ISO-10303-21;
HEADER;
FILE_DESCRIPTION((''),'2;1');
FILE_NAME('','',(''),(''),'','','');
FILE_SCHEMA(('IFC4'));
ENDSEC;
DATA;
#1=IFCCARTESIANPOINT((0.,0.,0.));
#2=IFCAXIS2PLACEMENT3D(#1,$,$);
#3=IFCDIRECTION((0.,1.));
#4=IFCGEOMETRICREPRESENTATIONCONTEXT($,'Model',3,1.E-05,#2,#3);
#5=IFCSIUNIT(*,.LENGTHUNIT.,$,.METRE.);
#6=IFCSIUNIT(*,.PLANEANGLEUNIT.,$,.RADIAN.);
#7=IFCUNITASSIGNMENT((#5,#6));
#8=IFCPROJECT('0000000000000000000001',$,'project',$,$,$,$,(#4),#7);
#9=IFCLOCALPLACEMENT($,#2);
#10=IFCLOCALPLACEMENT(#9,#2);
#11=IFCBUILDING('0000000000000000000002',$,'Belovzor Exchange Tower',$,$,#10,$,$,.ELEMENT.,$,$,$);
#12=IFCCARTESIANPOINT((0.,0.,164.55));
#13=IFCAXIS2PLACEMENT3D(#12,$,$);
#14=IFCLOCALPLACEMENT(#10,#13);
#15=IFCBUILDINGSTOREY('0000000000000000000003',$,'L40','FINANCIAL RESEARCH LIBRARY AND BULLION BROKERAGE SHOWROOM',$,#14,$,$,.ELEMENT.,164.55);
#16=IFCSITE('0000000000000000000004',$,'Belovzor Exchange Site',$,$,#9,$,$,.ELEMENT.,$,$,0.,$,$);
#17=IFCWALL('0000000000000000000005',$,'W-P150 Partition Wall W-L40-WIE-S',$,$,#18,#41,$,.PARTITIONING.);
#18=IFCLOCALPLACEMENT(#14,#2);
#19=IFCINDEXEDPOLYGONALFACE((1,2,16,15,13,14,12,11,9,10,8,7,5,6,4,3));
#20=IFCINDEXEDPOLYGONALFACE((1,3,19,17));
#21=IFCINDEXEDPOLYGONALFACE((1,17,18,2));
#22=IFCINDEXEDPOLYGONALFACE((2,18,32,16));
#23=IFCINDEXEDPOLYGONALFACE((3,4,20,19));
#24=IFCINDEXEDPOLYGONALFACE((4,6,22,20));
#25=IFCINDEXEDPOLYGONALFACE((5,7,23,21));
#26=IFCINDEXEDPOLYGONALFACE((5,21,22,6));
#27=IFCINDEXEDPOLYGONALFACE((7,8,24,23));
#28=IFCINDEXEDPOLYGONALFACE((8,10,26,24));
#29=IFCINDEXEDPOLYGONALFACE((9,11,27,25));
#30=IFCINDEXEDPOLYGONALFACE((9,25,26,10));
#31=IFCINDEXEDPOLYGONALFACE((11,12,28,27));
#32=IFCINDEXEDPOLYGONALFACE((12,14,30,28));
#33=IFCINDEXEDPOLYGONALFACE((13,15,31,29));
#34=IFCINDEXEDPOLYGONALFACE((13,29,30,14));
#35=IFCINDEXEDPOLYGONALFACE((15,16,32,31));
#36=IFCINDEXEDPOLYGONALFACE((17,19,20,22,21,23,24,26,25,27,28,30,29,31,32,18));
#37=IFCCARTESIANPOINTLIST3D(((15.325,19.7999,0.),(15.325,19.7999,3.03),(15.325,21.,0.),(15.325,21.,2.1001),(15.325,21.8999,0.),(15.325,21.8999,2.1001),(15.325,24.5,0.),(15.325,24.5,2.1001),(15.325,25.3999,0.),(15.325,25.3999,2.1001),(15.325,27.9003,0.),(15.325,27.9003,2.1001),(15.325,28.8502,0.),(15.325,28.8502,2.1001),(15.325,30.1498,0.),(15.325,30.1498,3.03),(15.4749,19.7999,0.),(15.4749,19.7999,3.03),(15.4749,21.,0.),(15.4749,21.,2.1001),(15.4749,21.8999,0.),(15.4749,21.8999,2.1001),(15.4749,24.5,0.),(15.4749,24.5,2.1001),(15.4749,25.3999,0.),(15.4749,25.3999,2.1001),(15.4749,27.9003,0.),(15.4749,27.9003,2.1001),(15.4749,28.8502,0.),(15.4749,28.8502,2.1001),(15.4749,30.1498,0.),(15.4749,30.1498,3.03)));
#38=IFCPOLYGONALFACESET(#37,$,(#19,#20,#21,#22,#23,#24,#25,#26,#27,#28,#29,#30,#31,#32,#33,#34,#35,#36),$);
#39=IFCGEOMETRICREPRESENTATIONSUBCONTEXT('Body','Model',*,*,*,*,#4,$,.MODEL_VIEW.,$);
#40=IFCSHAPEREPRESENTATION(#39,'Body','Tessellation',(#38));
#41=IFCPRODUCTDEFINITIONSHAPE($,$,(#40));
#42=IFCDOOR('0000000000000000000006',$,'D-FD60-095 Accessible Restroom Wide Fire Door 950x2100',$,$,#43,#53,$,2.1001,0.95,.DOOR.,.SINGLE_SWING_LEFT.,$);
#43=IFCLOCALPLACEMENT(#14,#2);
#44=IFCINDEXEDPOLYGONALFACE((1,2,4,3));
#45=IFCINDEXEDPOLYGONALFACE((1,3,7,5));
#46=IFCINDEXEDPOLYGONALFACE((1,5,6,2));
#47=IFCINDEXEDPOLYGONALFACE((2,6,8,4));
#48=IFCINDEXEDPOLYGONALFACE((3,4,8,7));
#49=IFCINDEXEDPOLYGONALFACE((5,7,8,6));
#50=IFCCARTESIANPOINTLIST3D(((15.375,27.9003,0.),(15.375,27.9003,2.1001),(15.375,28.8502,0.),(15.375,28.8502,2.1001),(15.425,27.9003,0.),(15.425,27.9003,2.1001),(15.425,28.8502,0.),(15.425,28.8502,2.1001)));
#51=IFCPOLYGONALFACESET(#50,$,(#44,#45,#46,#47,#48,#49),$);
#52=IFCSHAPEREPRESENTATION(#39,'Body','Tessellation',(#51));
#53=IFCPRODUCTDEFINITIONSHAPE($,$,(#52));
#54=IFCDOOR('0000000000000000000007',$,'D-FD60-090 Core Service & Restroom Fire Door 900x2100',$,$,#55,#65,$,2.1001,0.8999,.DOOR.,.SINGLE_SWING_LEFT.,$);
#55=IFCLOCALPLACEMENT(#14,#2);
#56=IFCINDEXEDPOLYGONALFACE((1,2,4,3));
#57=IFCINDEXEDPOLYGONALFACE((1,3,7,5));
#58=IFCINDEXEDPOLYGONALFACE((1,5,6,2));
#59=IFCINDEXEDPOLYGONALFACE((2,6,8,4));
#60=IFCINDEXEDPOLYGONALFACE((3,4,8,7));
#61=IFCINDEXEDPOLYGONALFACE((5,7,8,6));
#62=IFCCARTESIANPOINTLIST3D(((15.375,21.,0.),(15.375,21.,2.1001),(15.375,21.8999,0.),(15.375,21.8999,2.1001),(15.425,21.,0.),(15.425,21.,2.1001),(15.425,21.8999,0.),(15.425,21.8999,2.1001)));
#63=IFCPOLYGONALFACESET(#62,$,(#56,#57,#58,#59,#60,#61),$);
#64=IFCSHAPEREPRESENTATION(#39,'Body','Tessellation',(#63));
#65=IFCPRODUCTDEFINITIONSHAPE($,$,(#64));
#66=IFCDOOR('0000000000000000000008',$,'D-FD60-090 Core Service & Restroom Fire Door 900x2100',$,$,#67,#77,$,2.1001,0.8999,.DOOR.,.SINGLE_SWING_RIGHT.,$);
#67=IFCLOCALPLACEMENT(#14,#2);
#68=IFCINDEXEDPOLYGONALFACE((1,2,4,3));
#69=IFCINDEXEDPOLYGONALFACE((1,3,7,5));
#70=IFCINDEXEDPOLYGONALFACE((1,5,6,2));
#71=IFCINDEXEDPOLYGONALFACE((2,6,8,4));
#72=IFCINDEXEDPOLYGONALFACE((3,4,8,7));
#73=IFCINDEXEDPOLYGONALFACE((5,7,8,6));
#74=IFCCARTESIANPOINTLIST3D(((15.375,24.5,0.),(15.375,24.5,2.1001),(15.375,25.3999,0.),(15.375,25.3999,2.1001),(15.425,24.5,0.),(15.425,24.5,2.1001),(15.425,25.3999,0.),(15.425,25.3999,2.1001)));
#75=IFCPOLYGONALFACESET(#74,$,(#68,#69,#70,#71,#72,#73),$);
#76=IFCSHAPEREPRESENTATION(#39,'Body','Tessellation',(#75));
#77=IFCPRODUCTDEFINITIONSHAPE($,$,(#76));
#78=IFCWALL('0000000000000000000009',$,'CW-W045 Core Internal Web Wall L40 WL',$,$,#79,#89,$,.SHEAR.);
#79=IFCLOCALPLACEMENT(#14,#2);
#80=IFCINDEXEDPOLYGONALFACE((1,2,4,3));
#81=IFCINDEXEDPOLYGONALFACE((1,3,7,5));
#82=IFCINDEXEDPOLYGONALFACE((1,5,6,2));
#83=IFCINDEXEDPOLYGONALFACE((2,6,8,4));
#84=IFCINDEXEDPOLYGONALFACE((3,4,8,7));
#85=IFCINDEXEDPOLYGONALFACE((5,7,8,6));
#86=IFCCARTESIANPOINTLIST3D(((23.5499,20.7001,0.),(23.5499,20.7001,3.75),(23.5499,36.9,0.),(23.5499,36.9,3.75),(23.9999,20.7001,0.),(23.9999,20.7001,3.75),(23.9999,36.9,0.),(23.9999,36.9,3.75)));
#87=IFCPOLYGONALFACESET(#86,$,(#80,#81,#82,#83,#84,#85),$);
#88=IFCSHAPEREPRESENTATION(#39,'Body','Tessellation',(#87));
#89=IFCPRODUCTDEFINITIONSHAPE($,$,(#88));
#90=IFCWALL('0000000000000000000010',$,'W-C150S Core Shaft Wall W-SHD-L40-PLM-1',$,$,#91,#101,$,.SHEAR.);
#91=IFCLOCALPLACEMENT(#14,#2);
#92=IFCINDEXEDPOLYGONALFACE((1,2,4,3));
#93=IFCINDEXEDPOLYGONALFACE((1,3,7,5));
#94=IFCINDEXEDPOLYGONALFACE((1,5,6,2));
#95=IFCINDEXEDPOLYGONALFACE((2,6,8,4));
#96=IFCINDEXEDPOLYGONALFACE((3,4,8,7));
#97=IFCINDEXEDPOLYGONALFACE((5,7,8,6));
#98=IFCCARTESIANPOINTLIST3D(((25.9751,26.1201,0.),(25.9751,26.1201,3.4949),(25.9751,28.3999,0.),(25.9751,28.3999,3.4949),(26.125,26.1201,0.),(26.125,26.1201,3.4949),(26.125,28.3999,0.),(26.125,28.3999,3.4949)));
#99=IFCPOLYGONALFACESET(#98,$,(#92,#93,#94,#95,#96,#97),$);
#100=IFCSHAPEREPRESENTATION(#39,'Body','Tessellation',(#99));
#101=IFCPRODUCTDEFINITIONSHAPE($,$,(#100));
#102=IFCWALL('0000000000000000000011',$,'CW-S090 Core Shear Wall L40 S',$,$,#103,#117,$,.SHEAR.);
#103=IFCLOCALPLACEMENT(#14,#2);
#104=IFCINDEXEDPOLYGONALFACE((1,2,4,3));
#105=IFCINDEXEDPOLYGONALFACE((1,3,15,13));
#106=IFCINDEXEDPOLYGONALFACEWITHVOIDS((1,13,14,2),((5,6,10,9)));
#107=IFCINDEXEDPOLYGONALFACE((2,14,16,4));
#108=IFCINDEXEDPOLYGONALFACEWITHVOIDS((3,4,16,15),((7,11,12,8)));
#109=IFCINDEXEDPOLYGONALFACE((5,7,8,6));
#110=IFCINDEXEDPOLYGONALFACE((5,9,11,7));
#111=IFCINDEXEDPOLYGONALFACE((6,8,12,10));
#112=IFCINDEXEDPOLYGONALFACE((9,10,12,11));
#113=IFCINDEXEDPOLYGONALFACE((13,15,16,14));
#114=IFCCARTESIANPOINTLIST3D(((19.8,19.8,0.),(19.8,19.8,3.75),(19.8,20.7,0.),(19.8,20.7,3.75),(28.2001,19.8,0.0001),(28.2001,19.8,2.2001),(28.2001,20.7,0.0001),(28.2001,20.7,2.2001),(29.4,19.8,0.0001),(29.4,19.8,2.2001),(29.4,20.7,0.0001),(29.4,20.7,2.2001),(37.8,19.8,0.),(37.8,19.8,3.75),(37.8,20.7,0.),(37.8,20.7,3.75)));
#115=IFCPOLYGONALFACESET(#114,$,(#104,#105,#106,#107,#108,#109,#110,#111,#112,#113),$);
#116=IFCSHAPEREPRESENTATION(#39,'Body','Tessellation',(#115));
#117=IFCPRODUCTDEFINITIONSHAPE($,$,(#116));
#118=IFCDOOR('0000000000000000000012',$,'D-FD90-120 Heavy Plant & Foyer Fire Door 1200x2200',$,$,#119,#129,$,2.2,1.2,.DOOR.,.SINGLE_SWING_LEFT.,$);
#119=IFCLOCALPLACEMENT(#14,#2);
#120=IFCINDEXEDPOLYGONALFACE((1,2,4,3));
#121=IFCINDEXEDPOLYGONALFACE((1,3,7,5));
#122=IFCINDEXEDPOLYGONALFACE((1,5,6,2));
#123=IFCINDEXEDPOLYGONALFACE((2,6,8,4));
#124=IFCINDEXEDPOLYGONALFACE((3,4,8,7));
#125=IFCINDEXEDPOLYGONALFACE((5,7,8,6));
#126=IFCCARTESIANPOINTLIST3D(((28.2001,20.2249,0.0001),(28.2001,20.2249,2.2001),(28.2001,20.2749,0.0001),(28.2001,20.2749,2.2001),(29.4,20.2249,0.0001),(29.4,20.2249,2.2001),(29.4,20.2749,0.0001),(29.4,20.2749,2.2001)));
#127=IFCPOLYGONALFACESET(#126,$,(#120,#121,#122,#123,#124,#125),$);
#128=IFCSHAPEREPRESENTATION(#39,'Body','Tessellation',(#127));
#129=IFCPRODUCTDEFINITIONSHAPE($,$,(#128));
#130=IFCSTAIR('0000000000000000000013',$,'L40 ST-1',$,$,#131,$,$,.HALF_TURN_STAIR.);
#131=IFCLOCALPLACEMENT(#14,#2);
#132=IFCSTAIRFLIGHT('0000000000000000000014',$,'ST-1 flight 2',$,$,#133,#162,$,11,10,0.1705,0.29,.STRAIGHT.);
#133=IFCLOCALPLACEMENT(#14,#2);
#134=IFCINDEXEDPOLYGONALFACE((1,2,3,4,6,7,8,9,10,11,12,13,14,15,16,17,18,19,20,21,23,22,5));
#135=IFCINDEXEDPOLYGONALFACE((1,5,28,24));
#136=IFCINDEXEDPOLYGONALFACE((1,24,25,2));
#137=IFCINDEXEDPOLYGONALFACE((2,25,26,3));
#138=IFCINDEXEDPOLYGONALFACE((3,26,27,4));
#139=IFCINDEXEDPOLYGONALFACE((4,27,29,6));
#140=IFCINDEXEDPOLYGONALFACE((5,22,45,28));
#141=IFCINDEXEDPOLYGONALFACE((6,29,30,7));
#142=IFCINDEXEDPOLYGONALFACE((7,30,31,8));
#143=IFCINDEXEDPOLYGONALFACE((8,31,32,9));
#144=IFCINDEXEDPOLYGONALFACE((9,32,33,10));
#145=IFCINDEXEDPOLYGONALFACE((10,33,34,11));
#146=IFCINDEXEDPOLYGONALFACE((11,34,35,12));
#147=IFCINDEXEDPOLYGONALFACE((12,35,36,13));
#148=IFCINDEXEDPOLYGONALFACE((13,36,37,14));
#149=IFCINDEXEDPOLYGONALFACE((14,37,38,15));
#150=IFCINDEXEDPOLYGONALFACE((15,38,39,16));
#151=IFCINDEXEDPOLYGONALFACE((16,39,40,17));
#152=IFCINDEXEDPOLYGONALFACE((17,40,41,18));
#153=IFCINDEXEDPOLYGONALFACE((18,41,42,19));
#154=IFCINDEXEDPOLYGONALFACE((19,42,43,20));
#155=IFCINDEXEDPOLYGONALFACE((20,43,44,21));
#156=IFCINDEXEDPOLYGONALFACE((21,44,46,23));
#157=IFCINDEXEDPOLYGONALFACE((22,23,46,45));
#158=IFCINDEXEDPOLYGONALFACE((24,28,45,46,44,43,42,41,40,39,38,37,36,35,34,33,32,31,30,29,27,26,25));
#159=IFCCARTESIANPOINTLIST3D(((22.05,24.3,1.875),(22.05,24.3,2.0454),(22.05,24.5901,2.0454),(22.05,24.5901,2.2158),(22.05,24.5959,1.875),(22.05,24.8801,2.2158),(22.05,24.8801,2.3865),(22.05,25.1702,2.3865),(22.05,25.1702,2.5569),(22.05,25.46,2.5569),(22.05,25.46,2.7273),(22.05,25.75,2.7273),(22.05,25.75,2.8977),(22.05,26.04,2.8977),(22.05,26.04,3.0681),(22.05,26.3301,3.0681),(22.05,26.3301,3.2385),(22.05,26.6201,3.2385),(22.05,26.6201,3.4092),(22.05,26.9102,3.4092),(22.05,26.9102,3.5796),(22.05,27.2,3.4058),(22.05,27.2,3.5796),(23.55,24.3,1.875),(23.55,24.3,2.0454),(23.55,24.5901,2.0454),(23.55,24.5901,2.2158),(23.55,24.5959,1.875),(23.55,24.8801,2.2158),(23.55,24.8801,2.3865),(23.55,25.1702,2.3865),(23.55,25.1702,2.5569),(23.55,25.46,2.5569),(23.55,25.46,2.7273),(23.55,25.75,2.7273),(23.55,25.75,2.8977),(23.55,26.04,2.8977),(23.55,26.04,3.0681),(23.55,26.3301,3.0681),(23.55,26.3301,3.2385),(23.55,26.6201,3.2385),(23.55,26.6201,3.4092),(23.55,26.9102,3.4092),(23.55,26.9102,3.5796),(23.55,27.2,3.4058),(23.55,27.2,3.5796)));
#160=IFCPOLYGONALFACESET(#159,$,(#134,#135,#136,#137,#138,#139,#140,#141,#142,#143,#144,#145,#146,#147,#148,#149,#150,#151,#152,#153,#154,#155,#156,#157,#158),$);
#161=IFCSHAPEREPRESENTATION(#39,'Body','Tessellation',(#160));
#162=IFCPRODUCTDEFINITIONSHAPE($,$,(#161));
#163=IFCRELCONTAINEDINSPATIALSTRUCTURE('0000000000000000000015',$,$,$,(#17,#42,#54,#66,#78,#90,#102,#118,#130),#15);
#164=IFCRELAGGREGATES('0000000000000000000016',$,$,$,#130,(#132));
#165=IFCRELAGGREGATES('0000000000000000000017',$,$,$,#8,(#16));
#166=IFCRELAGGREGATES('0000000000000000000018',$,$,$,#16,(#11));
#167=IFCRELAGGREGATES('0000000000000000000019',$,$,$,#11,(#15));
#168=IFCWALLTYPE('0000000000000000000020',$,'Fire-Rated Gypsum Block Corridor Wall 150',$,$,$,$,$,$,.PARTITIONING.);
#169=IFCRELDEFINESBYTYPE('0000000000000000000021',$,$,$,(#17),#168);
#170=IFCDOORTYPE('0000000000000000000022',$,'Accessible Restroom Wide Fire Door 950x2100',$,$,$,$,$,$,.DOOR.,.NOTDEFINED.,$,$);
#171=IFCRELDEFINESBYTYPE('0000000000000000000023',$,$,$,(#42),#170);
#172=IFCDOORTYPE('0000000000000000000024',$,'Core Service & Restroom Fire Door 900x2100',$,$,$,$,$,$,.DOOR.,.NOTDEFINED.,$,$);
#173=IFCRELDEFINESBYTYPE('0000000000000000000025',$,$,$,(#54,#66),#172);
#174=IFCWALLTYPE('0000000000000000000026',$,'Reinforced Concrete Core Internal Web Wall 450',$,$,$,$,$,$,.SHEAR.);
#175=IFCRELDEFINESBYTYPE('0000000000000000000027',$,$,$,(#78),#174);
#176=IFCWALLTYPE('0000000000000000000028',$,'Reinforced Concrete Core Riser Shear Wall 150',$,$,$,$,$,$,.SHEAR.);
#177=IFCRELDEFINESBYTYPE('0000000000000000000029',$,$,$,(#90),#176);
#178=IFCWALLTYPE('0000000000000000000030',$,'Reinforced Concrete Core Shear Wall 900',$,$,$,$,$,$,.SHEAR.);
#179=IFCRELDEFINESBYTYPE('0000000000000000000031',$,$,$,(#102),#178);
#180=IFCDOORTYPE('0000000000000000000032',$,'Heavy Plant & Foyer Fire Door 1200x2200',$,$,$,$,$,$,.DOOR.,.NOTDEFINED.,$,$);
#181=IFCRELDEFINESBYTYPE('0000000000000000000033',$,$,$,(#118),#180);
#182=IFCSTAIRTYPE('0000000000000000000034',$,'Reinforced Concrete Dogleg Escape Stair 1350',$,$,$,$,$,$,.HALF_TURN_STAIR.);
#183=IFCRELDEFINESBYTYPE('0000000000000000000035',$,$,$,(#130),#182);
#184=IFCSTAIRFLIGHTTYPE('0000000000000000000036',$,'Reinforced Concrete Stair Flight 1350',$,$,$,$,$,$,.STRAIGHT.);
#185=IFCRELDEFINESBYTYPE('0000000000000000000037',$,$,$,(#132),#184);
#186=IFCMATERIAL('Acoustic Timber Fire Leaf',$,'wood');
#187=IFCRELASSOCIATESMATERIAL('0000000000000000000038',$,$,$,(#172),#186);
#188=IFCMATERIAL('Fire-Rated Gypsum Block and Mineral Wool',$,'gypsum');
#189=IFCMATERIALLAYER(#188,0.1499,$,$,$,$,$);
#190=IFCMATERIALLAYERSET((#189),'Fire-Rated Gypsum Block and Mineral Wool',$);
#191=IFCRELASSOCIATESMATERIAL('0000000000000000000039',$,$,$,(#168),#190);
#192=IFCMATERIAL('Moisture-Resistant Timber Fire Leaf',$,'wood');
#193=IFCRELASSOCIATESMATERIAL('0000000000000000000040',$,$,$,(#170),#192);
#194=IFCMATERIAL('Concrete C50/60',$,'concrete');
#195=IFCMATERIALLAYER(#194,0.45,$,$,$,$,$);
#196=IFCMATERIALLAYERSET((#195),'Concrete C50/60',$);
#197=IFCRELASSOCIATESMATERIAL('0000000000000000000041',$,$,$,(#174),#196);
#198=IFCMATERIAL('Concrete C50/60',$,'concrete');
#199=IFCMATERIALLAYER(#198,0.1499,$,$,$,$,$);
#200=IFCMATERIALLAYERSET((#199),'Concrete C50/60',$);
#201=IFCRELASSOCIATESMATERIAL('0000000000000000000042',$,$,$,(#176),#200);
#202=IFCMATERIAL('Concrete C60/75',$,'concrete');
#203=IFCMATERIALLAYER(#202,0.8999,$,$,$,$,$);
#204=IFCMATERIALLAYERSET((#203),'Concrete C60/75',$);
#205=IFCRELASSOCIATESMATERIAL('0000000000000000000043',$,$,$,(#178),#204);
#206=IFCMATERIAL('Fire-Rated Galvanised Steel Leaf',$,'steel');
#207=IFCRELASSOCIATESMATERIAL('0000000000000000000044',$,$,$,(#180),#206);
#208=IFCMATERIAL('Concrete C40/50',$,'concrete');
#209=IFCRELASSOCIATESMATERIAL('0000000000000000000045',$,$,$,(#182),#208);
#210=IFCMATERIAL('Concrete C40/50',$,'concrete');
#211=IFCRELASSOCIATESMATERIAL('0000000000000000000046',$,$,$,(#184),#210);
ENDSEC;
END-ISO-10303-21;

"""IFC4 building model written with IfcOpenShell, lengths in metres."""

from ifc_helpers import new_model, si_unit, direction, frame, frame_2d, origin, place, context, subcontext, project, spatial, polyline, rectangle, outline, extrude, material, layer, layer_set, type_object, element, fill, aggregate, save


model = new_model("IFC4")

# Units and contexts
model_context = context("Model", 3, precision=1e-05, world=origin(), true_north=direction((0.0, 1.0)))
body_context = subcontext(model_context, "Body", "Model", "MODEL_VIEW")
ifc_project = project(units=[si_unit("LENGTHUNIT", "METRE"), si_unit("PLANEANGLEUNIT", "RADIAN")], contexts=[model_context])

# Site, building, storey
site_placement = place(None, origin())
site = spatial("IfcSite", under=ifc_project, at=site_placement, Name="Belovzor Exchange Site", CompositionType="ELEMENT", RefElevation=0.0)
building_placement = place(site_placement, origin())
building = spatial("IfcBuilding", under=site, at=building_placement, Name="Belovzor Exchange Tower", CompositionType="ELEMENT")
storey_placement = place(building_placement, frame((0.0, 0.0, 164.55)))
storey = spatial("IfcBuildingStorey", under=building, at=storey_placement, Name="L40", Description="FINANCIAL RESEARCH LIBRARY AND BULLION BROKERAGE SHOWROOM", CompositionType="ELEMENT", Elevation=164.55)

# Shared definitions
ifc_material_1 = material(Name="Acoustic Timber Fire Leaf", Category="wood")
door_type_1 = type_object("IfcDoorType", Name="Core Service & Restroom Fire Door 900x2100", OperationType="NOTDEFINED", PredefinedType="DOOR", material=ifc_material_1)

# Shared definitions
ifc_material_2 = material(Name="Fire-Rated Gypsum Block and Mineral Wool", Category="gypsum")
ifc_layer_1 = layer(ifc_material_2, 0.1499)
ifc_layer_set_1 = layer_set([ifc_layer_1], Name="Fire-Rated Gypsum Block and Mineral Wool")
wall_type_1 = type_object("IfcWallType", Name="Fire-Rated Gypsum Block Corridor Wall 150", PredefinedType="PARTITIONING", material=ifc_layer_set_1)

# Wall, openings, doors
wall_1_placement = place(storey_placement, frame((15.3999, 19.8, 0.0), z_axis=(0.0, 0.0, 1.0), x_axis=(0.0, 1.0, 0.0)))
wall_1 = element("IfcWall", 1, at=wall_1_placement, inside=storey, type_object=wall_type_1, Name="W-P150 Partition Wall W-L40-WIE-S", PredefinedType="PARTITIONING", context=body_context, shape_type="SweptSolid", body=[
    extrude(rectangle(XDim=10.3499, YDim=0.1499, at=frame_2d((5.1748, 0.0))), origin(), (0.0, 0.0, 1.0), 3.03),
])
opening_1_placement = place(wall_1_placement, frame((1.2, 0.0, 0.0)))
opening_1 = element("IfcOpeningElement", 2, at=opening_1_placement, cuts=wall_1, PredefinedType="OPENING", context=body_context, shape_type="SweptSolid", body=[
    extrude(rectangle(XDim=0.8999, YDim=2.1001, at=frame_2d((0.45, 1.05))), frame((0.0, 0.085, 0.0), z_axis=(0.0, -1.0, 0.0), x_axis=(1.0, 0.0, 0.0)), (0.0, 0.0, 1.0), 0.1699),
])
opening_2_placement = place(wall_1_placement, frame((4.7, 0.0, 0.0)))
opening_2 = element("IfcOpeningElement", 3, at=opening_2_placement, cuts=wall_1, PredefinedType="OPENING", context=body_context, shape_type="SweptSolid", body=[
    extrude(rectangle(XDim=0.8999, YDim=2.1001, at=frame_2d((0.45, 1.05))), frame((0.0, 0.085, 0.0), z_axis=(0.0, -1.0, 0.0), x_axis=(1.0, 0.0, 0.0)), (0.0, 0.0, 1.0), 0.1699),
])
opening_3_placement = place(wall_1_placement, frame((8.1001, 0.0, 0.0)))
opening_3 = element("IfcOpeningElement", 4, at=opening_3_placement, cuts=wall_1, PredefinedType="OPENING", context=body_context, shape_type="SweptSolid", body=[
    extrude(rectangle(XDim=0.95, YDim=2.1001, at=frame_2d((0.4751, 1.05))), frame((0.0, 0.085, 0.0), z_axis=(0.0, -1.0, 0.0), x_axis=(1.0, 0.0, 0.0)), (0.0, 0.0, 1.0), 0.1699),
])
ifc_material_3 = material(Name="Moisture-Resistant Timber Fire Leaf", Category="wood")
door_type_2 = type_object("IfcDoorType", Name="Accessible Restroom Wide Fire Door 950x2100", OperationType="NOTDEFINED", PredefinedType="DOOR", material=ifc_material_3)
door_1_placement = place(opening_3_placement, origin())
door_1 = element("IfcDoor", 5, at=door_1_placement, inside=storey, type_object=door_type_2, Name="D-FD60-095 Accessible Restroom Wide Fire Door 950x2100", OperationType="SINGLE_SWING_LEFT", OverallHeight=2.1001, OverallWidth=0.95, PredefinedType="DOOR", context=body_context, shape_type="SweptSolid", body=[
    extrude(rectangle(XDim=0.95, YDim=2.1001, at=frame_2d((0.4751, 1.05))), frame((0.0, 0.0249, 0.0), z_axis=(0.0, -1.0, 0.0), x_axis=(1.0, 0.0, 0.0)), (0.0, 0.0, 1.0), 0.05),
])
fill(opening_3, door_1)
door_2_placement = place(opening_1_placement, origin())
door_2 = element("IfcDoor", 6, at=door_2_placement, inside=storey, type_object=door_type_1, Name="D-FD60-090 Core Service & Restroom Fire Door 900x2100", OperationType="SINGLE_SWING_LEFT", OverallHeight=2.1001, OverallWidth=0.8999, PredefinedType="DOOR", context=body_context, shape_type="SweptSolid", body=[
    extrude(rectangle(XDim=0.8999, YDim=2.1001, at=frame_2d((0.45, 1.05))), frame((0.0, 0.0249, 0.0), z_axis=(0.0, -1.0, 0.0), x_axis=(1.0, 0.0, 0.0)), (0.0, 0.0, 1.0), 0.05),
])
fill(opening_1, door_2)
door_3_placement = place(opening_2_placement, origin())
door_3 = element("IfcDoor", 7, at=door_3_placement, inside=storey, type_object=door_type_1, Name="D-FD60-090 Core Service & Restroom Fire Door 900x2100", OperationType="SINGLE_SWING_RIGHT", OverallHeight=2.1001, OverallWidth=0.8999, PredefinedType="DOOR", context=body_context, shape_type="SweptSolid", body=[
    extrude(rectangle(XDim=0.8999, YDim=2.1001, at=frame_2d((0.45, 1.05))), frame((0.0, 0.0249, 0.0), z_axis=(0.0, -1.0, 0.0), x_axis=(1.0, 0.0, 0.0)), (0.0, 0.0, 1.0), 0.05),
])
fill(opening_2, door_3)

# Walls
ifc_material_4 = material(Name="Concrete C50/60", Category="concrete")
ifc_layer_2 = layer(ifc_material_4, 0.45)
ifc_layer_set_2 = layer_set([ifc_layer_2], Name="Concrete C50/60")
wall_type_2 = type_object("IfcWallType", Name="Reinforced Concrete Core Internal Web Wall 450", PredefinedType="SHEAR", material=ifc_layer_set_2)
wall_2_placement = place(storey_placement, frame((23.7749, 20.7, 0.0), z_axis=(0.0, 0.0, 1.0), x_axis=(0.0, 1.0, 0.0)))
element("IfcWall", 8, at=wall_2_placement, inside=storey, type_object=wall_type_2, Name="CW-W045 Core Internal Web Wall L40 WL", PredefinedType="SHEAR", context=body_context, shape_type="SweptSolid", body=[
    extrude(rectangle(XDim=16.2, YDim=0.45, at=frame_2d((8.1001, 0.0))), origin(), (0.0, 0.0, 1.0), 3.75),
])
ifc_material_5 = material(Name="Concrete C50/60", Category="concrete")
ifc_layer_3 = layer(ifc_material_5, 0.1499)
ifc_layer_set_3 = layer_set([ifc_layer_3], Name="Concrete C50/60")
wall_type_3 = type_object("IfcWallType", Name="Reinforced Concrete Core Riser Shear Wall 150", PredefinedType="SHEAR", material=ifc_layer_set_3)
wall_3_placement = place(storey_placement, frame((26.05, 26.1201, 0.0), z_axis=(0.0, 0.0, 1.0), x_axis=(0.0, 1.0, 0.0)))
element("IfcWall", 9, at=wall_3_placement, inside=storey, type_object=wall_type_3, Name="W-C150S Core Shaft Wall W-SHD-L40-PLM-1", PredefinedType="SHEAR", context=body_context, shape_type="SweptSolid", body=[
    extrude(rectangle(XDim=2.2798, YDim=0.1499, at=frame_2d((1.1399, 0.0))), origin(), (0.0, 0.0, 1.0), 3.4949),
])

# Wall, opening, door
ifc_material_6 = material(Name="Concrete C60/75", Category="concrete")
ifc_layer_4 = layer(ifc_material_6, 0.8999)
ifc_layer_set_4 = layer_set([ifc_layer_4], Name="Concrete C60/75")
wall_type_4 = type_object("IfcWallType", Name="Reinforced Concrete Core Shear Wall 900", PredefinedType="SHEAR", material=ifc_layer_set_4)
wall_4_placement = place(storey_placement, frame((19.8, 20.25, 0.0), z_axis=(0.0, 0.0, 1.0), x_axis=(1.0, 0.0, 0.0)))
wall_4 = element("IfcWall", 10, at=wall_4_placement, inside=storey, type_object=wall_type_4, Name="CW-S090 Core Shear Wall L40 S", PredefinedType="SHEAR", context=body_context, shape_type="SweptSolid", body=[
    extrude(rectangle(XDim=18.0, YDim=0.8999, at=frame_2d((9.0, 0.0))), origin(), (0.0, 0.0, 1.0), 3.75),
])
opening_4_placement = place(wall_4_placement, frame((8.3999, 0.0, 0.0)))
opening_4 = element("IfcOpeningElement", 11, at=opening_4_placement, cuts=wall_4, PredefinedType="OPENING", context=body_context, shape_type="SweptSolid", body=[
    extrude(rectangle(XDim=1.2, YDim=2.2, at=frame_2d((0.6001, 1.1001))), frame((0.0, 0.46, 0.0), z_axis=(0.0, -1.0, 0.0), x_axis=(1.0, 0.0, 0.0)), (0.0, 0.0, 1.0), 0.9199),
])
ifc_material_7 = material(Name="Fire-Rated Galvanised Steel Leaf", Category="steel")
door_type_3 = type_object("IfcDoorType", Name="Heavy Plant & Foyer Fire Door 1200x2200", OperationType="NOTDEFINED", PredefinedType="DOOR", material=ifc_material_7)
door_4_placement = place(opening_4_placement, origin())
door_4 = element("IfcDoor", 12, at=door_4_placement, inside=storey, type_object=door_type_3, Name="D-FD90-120 Heavy Plant & Foyer Fire Door 1200x2200", OperationType="SINGLE_SWING_LEFT", OverallHeight=2.2, OverallWidth=1.2, PredefinedType="DOOR", context=body_context, shape_type="SweptSolid", body=[
    extrude(rectangle(XDim=1.2, YDim=2.2, at=frame_2d((0.6001, 1.1001))), frame((0.0, 0.0249, 0.0), z_axis=(0.0, -1.0, 0.0), x_axis=(1.0, 0.0, 0.0)), (0.0, 0.0, 1.0), 0.05),
])
fill(opening_4, door_4)

# Stair, stair flight
ifc_material_8 = material(Name="Concrete C40/50", Category="concrete")
stair_type = type_object("IfcStairType", Name="Reinforced Concrete Dogleg Escape Stair 1350", PredefinedType="HALF_TURN_STAIR", material=ifc_material_8)
stair_placement = place(storey_placement, origin())
stair = element("IfcStair", 13, at=stair_placement, inside=storey, type_object=stair_type, Name="L40 ST-1", PredefinedType="HALF_TURN_STAIR")
ifc_material_9 = material(Name="Concrete C40/50", Category="concrete")
stair_flight_type = type_object("IfcStairFlightType", Name="Reinforced Concrete Stair Flight 1350", PredefinedType="STRAIGHT", material=ifc_material_9)
stair_flight_placement = place(storey_placement, frame((22.8, 24.3, 1.875), z_axis=(0.0, 0.0, 1.0), x_axis=(0.0, 1.0, 0.0)))
stair_flight = element("IfcStairFlight", 14, at=stair_flight_placement, type_object=stair_flight_type, Name="ST-1 flight 2", NumberOfRisers=11, NumberOfTreads=10, PredefinedType="STRAIGHT", RiserHeight=0.1705, TreadLength=0.29, context=body_context, shape_type="SweptSolid", body=[
    extrude(outline(polyline([(0.0, 0.0), (0.0, 0.1704), (0.29, 0.1704), (0.29, 0.3408), (0.5801, 0.3408), (0.5801, 0.5115), (0.8701, 0.5115), (0.8701, 0.6819), (1.1599, 0.6819), (1.1599, 0.8523), (1.45, 0.8523), (1.45, 1.0227), (1.74, 1.0227), (1.74, 1.1931), (2.03, 1.1931), (2.03, 1.3635), (2.3201, 1.3635), (2.3201, 1.5342), (2.6101, 1.5342), (2.6101, 1.7046), (2.8999, 1.7046), (2.8999, 1.875), (2.8999, 1.5308), (0.2959, 0.0), (0.0, 0.0)])), frame((0.0, 0.75, 0.0), z_axis=(0.0, -1.0, 0.0), x_axis=(1.0, 0.0, 0.0)), (0.0, 0.0, 1.0), 1.5),
])
aggregate(stair, [stair_flight])

save(model, "model.ifc")
